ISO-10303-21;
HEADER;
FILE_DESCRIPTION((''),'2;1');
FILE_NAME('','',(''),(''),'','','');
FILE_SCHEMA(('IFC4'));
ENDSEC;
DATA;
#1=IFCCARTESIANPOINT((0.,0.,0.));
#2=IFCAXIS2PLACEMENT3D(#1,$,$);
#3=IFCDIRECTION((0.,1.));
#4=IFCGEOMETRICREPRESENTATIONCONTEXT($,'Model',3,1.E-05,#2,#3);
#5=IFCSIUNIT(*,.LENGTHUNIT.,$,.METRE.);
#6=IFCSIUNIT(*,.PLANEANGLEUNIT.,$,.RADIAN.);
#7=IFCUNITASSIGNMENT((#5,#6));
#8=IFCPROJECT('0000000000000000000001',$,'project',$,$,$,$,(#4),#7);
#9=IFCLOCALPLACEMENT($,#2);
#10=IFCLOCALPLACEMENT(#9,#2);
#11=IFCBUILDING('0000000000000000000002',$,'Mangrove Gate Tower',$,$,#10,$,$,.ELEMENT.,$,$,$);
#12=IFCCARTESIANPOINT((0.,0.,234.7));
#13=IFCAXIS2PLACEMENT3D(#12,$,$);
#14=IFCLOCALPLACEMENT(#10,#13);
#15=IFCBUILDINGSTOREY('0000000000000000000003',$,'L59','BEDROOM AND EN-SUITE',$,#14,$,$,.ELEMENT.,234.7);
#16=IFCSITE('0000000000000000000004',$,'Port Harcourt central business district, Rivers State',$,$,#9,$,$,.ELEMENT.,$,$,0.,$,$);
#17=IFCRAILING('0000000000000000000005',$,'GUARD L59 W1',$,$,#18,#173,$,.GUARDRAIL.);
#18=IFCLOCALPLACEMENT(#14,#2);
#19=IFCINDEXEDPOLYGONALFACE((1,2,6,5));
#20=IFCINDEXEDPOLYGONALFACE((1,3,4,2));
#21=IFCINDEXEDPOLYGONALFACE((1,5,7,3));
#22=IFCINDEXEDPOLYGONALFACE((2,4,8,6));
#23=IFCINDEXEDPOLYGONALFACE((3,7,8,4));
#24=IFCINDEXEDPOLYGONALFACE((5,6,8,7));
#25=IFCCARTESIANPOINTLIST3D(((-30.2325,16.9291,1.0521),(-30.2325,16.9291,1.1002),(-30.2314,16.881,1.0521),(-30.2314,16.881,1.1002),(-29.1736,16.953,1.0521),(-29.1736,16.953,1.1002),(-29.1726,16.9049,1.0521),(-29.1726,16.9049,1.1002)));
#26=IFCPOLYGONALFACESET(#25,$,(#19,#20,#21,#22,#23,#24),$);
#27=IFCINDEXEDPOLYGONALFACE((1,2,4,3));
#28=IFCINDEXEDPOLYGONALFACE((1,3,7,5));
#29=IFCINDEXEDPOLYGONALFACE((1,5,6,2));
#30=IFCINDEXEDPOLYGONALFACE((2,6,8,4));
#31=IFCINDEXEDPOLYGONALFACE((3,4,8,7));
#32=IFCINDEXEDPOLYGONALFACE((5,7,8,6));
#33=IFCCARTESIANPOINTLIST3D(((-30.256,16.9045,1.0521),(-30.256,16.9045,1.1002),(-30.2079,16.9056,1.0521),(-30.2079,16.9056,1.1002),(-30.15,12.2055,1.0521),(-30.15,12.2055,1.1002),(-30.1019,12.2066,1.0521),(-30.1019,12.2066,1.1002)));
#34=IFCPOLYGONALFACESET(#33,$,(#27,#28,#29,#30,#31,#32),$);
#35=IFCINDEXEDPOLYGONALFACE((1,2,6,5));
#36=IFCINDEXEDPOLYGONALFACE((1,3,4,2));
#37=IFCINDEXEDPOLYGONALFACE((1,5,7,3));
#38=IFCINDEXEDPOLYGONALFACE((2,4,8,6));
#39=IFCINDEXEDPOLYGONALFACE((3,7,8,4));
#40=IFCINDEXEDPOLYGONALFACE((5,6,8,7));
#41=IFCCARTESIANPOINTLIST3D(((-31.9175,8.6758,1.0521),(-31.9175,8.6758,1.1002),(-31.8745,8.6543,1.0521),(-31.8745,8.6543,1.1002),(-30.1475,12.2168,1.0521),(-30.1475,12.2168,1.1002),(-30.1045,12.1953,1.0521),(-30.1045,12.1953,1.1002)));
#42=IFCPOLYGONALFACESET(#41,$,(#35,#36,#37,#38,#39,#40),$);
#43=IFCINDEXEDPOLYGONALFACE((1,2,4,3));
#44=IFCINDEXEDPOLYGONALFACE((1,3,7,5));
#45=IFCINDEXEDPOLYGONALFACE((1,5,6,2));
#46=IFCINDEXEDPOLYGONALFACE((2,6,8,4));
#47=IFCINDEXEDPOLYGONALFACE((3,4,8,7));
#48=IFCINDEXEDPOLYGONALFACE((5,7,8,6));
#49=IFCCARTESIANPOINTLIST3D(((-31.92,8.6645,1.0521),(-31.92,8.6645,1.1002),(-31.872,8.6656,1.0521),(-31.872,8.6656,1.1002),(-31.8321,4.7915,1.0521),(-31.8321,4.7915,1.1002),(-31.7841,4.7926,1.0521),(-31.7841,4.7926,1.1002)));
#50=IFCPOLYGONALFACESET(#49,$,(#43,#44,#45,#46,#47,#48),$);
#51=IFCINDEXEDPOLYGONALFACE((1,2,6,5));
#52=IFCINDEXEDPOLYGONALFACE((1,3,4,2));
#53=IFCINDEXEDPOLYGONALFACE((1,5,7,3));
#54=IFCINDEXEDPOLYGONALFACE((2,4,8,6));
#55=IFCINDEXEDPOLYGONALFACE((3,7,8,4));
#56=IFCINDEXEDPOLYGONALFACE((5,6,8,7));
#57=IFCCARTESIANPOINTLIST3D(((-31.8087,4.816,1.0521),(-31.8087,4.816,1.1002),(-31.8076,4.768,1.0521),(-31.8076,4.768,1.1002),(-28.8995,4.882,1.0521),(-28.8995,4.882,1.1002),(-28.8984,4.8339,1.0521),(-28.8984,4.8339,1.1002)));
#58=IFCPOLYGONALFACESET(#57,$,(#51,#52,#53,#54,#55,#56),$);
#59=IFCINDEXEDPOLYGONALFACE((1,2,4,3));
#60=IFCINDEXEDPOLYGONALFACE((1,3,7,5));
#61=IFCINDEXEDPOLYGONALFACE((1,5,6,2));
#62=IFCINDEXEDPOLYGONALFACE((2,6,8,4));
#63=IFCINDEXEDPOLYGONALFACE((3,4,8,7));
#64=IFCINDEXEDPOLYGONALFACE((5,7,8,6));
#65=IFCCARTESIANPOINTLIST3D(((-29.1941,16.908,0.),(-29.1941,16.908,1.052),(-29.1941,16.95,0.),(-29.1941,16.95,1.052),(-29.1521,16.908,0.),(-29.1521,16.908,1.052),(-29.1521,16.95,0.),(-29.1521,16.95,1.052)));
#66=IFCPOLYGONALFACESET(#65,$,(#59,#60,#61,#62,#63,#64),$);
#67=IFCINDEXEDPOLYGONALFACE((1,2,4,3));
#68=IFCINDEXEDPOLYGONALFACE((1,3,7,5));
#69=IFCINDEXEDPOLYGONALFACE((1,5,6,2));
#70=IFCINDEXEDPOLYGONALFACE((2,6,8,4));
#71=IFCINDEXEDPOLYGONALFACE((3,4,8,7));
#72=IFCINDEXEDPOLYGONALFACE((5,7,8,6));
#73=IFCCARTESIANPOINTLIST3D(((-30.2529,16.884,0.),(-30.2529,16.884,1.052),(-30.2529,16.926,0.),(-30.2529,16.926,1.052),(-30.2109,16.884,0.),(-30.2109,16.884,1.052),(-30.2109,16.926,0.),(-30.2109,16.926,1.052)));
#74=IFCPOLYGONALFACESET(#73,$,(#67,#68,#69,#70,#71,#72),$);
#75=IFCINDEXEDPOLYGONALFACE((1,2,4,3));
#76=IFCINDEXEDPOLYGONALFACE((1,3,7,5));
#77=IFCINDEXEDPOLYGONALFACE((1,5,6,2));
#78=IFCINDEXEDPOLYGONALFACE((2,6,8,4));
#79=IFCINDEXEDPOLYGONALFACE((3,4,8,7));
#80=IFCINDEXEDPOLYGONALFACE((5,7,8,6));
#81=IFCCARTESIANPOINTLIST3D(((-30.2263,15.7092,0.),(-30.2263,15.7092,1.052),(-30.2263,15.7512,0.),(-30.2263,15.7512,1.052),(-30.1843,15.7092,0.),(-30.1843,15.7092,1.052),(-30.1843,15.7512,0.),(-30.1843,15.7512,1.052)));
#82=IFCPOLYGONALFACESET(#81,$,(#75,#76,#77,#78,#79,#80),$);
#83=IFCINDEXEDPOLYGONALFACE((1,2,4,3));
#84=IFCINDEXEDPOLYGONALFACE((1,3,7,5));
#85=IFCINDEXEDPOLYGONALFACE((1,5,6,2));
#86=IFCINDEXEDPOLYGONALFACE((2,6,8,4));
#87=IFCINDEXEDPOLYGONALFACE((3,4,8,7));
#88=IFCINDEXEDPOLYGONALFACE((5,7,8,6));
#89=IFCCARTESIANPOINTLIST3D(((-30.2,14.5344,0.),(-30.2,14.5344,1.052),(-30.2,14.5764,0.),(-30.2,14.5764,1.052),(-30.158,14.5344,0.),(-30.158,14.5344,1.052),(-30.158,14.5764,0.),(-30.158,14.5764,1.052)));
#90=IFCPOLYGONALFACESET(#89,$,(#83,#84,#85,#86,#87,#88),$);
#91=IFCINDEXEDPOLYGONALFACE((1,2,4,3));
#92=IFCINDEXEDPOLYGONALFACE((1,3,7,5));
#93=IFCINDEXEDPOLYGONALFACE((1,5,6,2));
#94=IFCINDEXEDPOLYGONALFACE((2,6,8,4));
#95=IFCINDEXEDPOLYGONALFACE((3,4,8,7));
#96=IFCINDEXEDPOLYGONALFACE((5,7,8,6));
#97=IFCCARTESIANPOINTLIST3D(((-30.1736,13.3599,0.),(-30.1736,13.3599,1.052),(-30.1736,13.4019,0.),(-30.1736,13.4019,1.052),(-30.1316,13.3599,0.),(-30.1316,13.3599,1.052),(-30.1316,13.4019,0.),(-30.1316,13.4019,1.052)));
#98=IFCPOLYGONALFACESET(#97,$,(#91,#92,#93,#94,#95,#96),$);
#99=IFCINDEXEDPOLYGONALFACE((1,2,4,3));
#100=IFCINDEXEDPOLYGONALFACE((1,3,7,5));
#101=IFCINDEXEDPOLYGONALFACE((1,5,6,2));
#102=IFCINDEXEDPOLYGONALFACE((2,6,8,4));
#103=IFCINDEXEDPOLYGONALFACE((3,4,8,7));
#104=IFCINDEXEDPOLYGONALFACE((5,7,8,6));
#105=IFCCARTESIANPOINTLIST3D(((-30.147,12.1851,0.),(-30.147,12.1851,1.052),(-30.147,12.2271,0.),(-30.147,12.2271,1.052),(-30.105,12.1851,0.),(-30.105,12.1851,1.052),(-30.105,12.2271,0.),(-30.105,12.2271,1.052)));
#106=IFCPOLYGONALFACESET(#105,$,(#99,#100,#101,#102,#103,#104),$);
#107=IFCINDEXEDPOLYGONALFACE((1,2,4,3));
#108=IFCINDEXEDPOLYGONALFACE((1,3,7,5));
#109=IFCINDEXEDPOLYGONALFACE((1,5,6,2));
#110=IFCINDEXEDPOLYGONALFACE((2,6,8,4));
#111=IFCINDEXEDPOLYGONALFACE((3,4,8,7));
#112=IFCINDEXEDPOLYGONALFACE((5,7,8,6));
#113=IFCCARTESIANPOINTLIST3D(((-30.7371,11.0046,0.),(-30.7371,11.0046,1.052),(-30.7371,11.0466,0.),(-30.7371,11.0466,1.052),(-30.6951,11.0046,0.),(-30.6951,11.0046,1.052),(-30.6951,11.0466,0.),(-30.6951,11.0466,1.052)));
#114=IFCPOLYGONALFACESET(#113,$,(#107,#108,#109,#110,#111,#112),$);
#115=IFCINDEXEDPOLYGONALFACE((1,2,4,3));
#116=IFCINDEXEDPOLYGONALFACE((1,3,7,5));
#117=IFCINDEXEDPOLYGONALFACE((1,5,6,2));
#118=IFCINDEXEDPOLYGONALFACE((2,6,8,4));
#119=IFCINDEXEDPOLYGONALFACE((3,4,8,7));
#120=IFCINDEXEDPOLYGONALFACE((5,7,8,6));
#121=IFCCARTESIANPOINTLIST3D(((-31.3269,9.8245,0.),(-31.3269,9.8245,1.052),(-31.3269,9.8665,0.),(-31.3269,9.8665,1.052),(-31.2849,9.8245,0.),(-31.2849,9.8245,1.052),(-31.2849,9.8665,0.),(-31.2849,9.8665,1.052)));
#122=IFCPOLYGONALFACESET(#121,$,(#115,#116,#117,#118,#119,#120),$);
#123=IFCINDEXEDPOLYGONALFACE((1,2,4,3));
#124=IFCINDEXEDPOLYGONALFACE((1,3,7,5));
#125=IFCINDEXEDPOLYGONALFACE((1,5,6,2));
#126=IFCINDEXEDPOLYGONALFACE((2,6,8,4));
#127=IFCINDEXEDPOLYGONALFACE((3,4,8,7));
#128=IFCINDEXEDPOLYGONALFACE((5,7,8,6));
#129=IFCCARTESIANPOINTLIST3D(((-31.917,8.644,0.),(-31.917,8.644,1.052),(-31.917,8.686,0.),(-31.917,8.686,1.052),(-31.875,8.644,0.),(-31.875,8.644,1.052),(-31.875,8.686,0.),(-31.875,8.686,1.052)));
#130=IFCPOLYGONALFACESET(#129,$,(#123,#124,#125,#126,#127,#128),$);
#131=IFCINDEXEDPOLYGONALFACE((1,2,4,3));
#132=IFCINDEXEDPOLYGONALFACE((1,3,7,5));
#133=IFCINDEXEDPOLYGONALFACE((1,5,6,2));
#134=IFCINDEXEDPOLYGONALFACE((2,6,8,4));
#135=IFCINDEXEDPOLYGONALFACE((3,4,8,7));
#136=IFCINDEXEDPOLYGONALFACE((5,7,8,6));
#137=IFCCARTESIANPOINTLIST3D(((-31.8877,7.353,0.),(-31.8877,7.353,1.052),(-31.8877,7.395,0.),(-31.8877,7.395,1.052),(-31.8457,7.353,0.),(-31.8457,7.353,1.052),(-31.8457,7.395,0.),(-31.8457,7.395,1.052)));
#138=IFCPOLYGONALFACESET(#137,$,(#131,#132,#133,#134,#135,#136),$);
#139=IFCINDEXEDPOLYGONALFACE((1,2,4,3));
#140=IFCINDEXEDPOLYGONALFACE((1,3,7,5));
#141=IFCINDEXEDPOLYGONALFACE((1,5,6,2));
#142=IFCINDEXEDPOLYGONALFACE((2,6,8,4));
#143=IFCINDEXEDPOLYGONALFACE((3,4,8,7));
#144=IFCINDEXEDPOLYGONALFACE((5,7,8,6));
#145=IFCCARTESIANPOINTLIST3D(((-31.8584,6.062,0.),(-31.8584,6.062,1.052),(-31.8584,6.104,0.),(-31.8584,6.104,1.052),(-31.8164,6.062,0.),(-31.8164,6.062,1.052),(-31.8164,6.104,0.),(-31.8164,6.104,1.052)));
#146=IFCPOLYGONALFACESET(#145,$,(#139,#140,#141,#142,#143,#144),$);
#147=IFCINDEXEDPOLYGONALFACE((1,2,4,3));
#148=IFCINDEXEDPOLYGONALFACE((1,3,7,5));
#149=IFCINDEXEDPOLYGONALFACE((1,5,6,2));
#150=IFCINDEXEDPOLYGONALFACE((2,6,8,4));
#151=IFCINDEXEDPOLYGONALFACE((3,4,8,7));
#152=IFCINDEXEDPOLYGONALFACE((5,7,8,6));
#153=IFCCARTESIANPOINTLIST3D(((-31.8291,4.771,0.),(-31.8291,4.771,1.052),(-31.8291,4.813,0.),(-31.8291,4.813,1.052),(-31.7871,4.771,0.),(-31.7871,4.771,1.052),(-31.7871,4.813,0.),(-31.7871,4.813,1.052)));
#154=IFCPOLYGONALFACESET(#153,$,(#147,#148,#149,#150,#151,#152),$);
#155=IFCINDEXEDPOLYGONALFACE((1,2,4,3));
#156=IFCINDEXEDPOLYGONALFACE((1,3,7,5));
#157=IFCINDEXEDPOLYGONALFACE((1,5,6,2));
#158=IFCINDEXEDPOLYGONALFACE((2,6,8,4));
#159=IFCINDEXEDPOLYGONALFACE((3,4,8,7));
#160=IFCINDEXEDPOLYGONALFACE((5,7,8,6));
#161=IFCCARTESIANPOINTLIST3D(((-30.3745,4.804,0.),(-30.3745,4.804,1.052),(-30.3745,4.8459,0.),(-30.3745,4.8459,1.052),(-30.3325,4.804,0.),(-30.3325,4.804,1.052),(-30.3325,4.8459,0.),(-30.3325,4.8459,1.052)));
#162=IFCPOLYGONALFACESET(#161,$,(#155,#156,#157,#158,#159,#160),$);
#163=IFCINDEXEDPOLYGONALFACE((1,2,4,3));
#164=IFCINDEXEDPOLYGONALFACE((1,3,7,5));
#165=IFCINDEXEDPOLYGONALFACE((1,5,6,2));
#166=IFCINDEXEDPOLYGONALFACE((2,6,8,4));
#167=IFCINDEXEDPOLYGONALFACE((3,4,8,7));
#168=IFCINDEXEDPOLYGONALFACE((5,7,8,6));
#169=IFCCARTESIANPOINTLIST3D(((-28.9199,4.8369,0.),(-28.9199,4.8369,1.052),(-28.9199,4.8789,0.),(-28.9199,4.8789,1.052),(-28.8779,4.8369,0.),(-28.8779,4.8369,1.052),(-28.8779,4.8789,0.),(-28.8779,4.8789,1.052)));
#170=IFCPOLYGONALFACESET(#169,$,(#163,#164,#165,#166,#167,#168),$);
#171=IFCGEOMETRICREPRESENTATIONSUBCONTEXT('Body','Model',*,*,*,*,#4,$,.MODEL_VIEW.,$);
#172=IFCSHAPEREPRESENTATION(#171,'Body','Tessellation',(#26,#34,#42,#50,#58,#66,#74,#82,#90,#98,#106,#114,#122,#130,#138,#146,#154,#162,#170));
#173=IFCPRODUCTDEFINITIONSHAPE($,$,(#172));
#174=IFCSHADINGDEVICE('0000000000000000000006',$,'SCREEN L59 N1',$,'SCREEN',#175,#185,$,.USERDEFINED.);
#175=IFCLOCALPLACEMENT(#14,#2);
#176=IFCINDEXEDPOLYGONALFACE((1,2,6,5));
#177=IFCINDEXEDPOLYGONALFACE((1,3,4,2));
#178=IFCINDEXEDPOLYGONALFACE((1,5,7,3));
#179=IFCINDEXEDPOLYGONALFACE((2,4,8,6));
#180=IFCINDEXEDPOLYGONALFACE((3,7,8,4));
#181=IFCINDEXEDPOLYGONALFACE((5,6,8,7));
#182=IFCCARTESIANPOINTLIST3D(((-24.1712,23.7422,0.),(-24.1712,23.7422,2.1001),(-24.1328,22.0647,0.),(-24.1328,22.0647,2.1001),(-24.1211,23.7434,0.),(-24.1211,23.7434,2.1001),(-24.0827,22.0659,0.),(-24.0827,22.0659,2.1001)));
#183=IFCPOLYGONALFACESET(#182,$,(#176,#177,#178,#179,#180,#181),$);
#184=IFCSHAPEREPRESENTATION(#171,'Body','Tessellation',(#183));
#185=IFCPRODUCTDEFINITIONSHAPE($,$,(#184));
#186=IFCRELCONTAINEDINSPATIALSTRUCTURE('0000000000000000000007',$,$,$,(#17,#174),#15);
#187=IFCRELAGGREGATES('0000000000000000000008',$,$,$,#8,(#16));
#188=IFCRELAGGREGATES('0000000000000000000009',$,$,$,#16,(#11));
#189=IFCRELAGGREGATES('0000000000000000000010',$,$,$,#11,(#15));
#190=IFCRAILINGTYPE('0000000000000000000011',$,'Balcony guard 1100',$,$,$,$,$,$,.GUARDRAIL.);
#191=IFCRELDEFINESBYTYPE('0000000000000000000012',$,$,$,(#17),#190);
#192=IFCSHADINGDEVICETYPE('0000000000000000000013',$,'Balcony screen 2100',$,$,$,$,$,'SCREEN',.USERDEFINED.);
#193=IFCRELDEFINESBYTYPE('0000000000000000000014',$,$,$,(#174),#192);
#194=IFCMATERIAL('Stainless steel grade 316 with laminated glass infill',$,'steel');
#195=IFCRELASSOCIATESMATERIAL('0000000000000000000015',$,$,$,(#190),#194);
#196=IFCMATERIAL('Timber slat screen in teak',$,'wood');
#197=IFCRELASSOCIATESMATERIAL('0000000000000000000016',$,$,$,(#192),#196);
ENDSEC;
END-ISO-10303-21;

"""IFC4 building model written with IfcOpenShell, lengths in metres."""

from ifc_helpers import new_model, si_unit, direction, frame, origin, origin_2d, place, context, subcontext, project, spatial, rectangle, extrude, material, type_object, element, save


model = new_model("IFC4")

# Units and contexts
model_context = context("Model", 3, precision=1e-05, world=origin(), true_north=direction((0.0, 1.0)))
body_context = subcontext(model_context, "Body", "Model", "MODEL_VIEW")
ifc_project = project(units=[si_unit("LENGTHUNIT", "METRE"), si_unit("PLANEANGLEUNIT", "RADIAN")], contexts=[model_context])

# Site, building, storey
site_placement = place(None, origin())
site = spatial("IfcSite", under=ifc_project, at=site_placement, Name="Port Harcourt central business district, Rivers State", CompositionType="ELEMENT", RefElevation=0.0)
building_placement = place(site_placement, origin())
building = spatial("IfcBuilding", under=site, at=building_placement, Name="Mangrove Gate Tower", CompositionType="ELEMENT")
storey_placement = place(building_placement, frame((0.0, 0.0, 234.7)))
storey = spatial("IfcBuildingStorey", under=building, at=storey_placement, Name="L59", Description="BEDROOM AND EN-SUITE", CompositionType="ELEMENT", Elevation=234.7)

# Railing
ifc_material_1 = material(Name="Stainless steel grade 316 with laminated glass infill", Category="steel")
railing_type = type_object("IfcRailingType", Name="Balcony guard 1100", PredefinedType="GUARDRAIL", material=ifc_material_1)
railing_placement = place(storey_placement, frame((-29.1731, 16.929, 0.0)))
element("IfcRailing", 1, at=railing_placement, inside=storey, type_object=railing_type, Name="GUARD L59 W1", PredefinedType="GUARDRAIL", context=body_context, shape_type="SweptSolid", body=[
    extrude(rectangle(XDim=0.0481, YDim=0.0481, at=origin_2d()), frame((0.0, 0.0, 1.0762), z_axis=(-0.999745, -0.02259, 0.0), x_axis=(0.02259, -0.999745, 0.0)), (0.0, 0.0, 1.0), 1.0591),
    extrude(rectangle(XDim=0.0481, YDim=0.0481, at=origin_2d()), frame((-1.0588, -0.0239, 1.0762), z_axis=(0.022543, -0.999746, 0.0), x_axis=(0.999746, 0.022543, 0.0)), (0.0, 0.0, 1.0), 4.7002),
    extrude(rectangle(XDim=0.0481, YDim=0.0481, at=origin_2d()), frame((-0.9529, -4.7229, 1.0762), z_axis=(-0.447115, -0.894477, 0.0), x_axis=(0.894477, -0.447115, 0.0)), (0.0, 0.0, 1.0), 3.9587),
    extrude(rectangle(XDim=0.0481, YDim=0.0481, at=origin_2d()), frame((-2.7229, -8.2639, 1.0762), z_axis=(0.022687, -0.999743, 0.0), x_axis=(0.999743, 0.022687, 0.0)), (0.0, 0.0, 1.0), 3.874),
    extrude(rectangle(XDim=0.0481, YDim=0.0481, at=origin_2d()), frame((-2.635, -12.137, 1.0762), z_axis=(0.999743, 0.022653, 0.0), x_axis=(-0.022653, 0.999743, 0.0)), (0.0, 0.0, 1.0), 2.9099),
    extrude(rectangle(XDim=0.042, YDim=0.042, at=origin_2d()), origin(), (0.0, 0.0, 1.0), 1.052),
    extrude(rectangle(XDim=0.042, YDim=0.042, at=origin_2d()), frame((-1.0588, -0.0239, 0.0)), (0.0, 0.0, 1.0), 1.052),
    extrude(rectangle(XDim=0.042, YDim=0.042, at=origin_2d()), frame((-1.0322, -1.1987, 0.0)), (0.0, 0.0, 1.0), 1.052),
    extrude(rectangle(XDim=0.042, YDim=0.042, at=origin_2d()), frame((-1.0059, -2.3735, 0.0)), (0.0, 0.0, 1.0), 1.052),
    extrude(rectangle(XDim=0.042, YDim=0.042, at=origin_2d()), frame((-0.9795, -3.5481, 0.0)), (0.0, 0.0, 1.0), 1.052),
    extrude(rectangle(XDim=0.042, YDim=0.042, at=origin_2d()), frame((-0.9529, -4.7229, 0.0)), (0.0, 0.0, 1.0), 1.052),
    extrude(rectangle(XDim=0.042, YDim=0.042, at=origin_2d()), frame((-1.543, -5.9033, 0.0)), (0.0, 0.0, 1.0), 1.052),
    extrude(rectangle(XDim=0.042, YDim=0.042, at=origin_2d()), frame((-2.1328, -7.0835, 0.0)), (0.0, 0.0, 1.0), 1.052),
    extrude(rectangle(XDim=0.042, YDim=0.042, at=origin_2d()), frame((-2.7229, -8.2639, 0.0)), (0.0, 0.0, 1.0), 1.052),
    extrude(rectangle(XDim=0.042, YDim=0.042, at=origin_2d()), frame((-2.6936, -9.5549, 0.0)), (0.0, 0.0, 1.0), 1.052),
    extrude(rectangle(XDim=0.042, YDim=0.042, at=origin_2d()), frame((-2.6643, -10.8459, 0.0)), (0.0, 0.0, 1.0), 1.052),
    extrude(rectangle(XDim=0.042, YDim=0.042, at=origin_2d()), frame((-2.635, -12.137, 0.0)), (0.0, 0.0, 1.0), 1.052),
    extrude(rectangle(XDim=0.042, YDim=0.042, at=origin_2d()), frame((-1.1804, -12.104, 0.0)), (0.0, 0.0, 1.0), 1.052),
    extrude(rectangle(XDim=0.042, YDim=0.042, at=origin_2d()), frame((0.2742, -12.071, 0.0)), (0.0, 0.0, 1.0), 1.052),
])

# Shading device
ifc_material_2 = material(Name="Timber slat screen in teak", Category="wood")
shading_device_type = type_object("IfcShadingDeviceType", Name="Balcony screen 2100", ElementType="SCREEN", PredefinedType="USERDEFINED", material=ifc_material_2)
shading_device_placement = place(storey_placement, frame((-24.127, 22.9041, 0.0), z_axis=(0.0, 0.0, 1.0), x_axis=(-0.022897, 0.999738, 0.0)))
element("IfcShadingDevice", 2, at=shading_device_placement, inside=storey, type_object=shading_device_type, Name="SCREEN L59 N1", ObjectType="SCREEN", PredefinedType="USERDEFINED", context=body_context, shape_type="SweptSolid", body=[
    extrude(rectangle(XDim=1.678, YDim=0.05, at=origin_2d()), origin(), (0.0, 0.0, 1.0), 2.1001),
])

save(model, "model.ifc")
